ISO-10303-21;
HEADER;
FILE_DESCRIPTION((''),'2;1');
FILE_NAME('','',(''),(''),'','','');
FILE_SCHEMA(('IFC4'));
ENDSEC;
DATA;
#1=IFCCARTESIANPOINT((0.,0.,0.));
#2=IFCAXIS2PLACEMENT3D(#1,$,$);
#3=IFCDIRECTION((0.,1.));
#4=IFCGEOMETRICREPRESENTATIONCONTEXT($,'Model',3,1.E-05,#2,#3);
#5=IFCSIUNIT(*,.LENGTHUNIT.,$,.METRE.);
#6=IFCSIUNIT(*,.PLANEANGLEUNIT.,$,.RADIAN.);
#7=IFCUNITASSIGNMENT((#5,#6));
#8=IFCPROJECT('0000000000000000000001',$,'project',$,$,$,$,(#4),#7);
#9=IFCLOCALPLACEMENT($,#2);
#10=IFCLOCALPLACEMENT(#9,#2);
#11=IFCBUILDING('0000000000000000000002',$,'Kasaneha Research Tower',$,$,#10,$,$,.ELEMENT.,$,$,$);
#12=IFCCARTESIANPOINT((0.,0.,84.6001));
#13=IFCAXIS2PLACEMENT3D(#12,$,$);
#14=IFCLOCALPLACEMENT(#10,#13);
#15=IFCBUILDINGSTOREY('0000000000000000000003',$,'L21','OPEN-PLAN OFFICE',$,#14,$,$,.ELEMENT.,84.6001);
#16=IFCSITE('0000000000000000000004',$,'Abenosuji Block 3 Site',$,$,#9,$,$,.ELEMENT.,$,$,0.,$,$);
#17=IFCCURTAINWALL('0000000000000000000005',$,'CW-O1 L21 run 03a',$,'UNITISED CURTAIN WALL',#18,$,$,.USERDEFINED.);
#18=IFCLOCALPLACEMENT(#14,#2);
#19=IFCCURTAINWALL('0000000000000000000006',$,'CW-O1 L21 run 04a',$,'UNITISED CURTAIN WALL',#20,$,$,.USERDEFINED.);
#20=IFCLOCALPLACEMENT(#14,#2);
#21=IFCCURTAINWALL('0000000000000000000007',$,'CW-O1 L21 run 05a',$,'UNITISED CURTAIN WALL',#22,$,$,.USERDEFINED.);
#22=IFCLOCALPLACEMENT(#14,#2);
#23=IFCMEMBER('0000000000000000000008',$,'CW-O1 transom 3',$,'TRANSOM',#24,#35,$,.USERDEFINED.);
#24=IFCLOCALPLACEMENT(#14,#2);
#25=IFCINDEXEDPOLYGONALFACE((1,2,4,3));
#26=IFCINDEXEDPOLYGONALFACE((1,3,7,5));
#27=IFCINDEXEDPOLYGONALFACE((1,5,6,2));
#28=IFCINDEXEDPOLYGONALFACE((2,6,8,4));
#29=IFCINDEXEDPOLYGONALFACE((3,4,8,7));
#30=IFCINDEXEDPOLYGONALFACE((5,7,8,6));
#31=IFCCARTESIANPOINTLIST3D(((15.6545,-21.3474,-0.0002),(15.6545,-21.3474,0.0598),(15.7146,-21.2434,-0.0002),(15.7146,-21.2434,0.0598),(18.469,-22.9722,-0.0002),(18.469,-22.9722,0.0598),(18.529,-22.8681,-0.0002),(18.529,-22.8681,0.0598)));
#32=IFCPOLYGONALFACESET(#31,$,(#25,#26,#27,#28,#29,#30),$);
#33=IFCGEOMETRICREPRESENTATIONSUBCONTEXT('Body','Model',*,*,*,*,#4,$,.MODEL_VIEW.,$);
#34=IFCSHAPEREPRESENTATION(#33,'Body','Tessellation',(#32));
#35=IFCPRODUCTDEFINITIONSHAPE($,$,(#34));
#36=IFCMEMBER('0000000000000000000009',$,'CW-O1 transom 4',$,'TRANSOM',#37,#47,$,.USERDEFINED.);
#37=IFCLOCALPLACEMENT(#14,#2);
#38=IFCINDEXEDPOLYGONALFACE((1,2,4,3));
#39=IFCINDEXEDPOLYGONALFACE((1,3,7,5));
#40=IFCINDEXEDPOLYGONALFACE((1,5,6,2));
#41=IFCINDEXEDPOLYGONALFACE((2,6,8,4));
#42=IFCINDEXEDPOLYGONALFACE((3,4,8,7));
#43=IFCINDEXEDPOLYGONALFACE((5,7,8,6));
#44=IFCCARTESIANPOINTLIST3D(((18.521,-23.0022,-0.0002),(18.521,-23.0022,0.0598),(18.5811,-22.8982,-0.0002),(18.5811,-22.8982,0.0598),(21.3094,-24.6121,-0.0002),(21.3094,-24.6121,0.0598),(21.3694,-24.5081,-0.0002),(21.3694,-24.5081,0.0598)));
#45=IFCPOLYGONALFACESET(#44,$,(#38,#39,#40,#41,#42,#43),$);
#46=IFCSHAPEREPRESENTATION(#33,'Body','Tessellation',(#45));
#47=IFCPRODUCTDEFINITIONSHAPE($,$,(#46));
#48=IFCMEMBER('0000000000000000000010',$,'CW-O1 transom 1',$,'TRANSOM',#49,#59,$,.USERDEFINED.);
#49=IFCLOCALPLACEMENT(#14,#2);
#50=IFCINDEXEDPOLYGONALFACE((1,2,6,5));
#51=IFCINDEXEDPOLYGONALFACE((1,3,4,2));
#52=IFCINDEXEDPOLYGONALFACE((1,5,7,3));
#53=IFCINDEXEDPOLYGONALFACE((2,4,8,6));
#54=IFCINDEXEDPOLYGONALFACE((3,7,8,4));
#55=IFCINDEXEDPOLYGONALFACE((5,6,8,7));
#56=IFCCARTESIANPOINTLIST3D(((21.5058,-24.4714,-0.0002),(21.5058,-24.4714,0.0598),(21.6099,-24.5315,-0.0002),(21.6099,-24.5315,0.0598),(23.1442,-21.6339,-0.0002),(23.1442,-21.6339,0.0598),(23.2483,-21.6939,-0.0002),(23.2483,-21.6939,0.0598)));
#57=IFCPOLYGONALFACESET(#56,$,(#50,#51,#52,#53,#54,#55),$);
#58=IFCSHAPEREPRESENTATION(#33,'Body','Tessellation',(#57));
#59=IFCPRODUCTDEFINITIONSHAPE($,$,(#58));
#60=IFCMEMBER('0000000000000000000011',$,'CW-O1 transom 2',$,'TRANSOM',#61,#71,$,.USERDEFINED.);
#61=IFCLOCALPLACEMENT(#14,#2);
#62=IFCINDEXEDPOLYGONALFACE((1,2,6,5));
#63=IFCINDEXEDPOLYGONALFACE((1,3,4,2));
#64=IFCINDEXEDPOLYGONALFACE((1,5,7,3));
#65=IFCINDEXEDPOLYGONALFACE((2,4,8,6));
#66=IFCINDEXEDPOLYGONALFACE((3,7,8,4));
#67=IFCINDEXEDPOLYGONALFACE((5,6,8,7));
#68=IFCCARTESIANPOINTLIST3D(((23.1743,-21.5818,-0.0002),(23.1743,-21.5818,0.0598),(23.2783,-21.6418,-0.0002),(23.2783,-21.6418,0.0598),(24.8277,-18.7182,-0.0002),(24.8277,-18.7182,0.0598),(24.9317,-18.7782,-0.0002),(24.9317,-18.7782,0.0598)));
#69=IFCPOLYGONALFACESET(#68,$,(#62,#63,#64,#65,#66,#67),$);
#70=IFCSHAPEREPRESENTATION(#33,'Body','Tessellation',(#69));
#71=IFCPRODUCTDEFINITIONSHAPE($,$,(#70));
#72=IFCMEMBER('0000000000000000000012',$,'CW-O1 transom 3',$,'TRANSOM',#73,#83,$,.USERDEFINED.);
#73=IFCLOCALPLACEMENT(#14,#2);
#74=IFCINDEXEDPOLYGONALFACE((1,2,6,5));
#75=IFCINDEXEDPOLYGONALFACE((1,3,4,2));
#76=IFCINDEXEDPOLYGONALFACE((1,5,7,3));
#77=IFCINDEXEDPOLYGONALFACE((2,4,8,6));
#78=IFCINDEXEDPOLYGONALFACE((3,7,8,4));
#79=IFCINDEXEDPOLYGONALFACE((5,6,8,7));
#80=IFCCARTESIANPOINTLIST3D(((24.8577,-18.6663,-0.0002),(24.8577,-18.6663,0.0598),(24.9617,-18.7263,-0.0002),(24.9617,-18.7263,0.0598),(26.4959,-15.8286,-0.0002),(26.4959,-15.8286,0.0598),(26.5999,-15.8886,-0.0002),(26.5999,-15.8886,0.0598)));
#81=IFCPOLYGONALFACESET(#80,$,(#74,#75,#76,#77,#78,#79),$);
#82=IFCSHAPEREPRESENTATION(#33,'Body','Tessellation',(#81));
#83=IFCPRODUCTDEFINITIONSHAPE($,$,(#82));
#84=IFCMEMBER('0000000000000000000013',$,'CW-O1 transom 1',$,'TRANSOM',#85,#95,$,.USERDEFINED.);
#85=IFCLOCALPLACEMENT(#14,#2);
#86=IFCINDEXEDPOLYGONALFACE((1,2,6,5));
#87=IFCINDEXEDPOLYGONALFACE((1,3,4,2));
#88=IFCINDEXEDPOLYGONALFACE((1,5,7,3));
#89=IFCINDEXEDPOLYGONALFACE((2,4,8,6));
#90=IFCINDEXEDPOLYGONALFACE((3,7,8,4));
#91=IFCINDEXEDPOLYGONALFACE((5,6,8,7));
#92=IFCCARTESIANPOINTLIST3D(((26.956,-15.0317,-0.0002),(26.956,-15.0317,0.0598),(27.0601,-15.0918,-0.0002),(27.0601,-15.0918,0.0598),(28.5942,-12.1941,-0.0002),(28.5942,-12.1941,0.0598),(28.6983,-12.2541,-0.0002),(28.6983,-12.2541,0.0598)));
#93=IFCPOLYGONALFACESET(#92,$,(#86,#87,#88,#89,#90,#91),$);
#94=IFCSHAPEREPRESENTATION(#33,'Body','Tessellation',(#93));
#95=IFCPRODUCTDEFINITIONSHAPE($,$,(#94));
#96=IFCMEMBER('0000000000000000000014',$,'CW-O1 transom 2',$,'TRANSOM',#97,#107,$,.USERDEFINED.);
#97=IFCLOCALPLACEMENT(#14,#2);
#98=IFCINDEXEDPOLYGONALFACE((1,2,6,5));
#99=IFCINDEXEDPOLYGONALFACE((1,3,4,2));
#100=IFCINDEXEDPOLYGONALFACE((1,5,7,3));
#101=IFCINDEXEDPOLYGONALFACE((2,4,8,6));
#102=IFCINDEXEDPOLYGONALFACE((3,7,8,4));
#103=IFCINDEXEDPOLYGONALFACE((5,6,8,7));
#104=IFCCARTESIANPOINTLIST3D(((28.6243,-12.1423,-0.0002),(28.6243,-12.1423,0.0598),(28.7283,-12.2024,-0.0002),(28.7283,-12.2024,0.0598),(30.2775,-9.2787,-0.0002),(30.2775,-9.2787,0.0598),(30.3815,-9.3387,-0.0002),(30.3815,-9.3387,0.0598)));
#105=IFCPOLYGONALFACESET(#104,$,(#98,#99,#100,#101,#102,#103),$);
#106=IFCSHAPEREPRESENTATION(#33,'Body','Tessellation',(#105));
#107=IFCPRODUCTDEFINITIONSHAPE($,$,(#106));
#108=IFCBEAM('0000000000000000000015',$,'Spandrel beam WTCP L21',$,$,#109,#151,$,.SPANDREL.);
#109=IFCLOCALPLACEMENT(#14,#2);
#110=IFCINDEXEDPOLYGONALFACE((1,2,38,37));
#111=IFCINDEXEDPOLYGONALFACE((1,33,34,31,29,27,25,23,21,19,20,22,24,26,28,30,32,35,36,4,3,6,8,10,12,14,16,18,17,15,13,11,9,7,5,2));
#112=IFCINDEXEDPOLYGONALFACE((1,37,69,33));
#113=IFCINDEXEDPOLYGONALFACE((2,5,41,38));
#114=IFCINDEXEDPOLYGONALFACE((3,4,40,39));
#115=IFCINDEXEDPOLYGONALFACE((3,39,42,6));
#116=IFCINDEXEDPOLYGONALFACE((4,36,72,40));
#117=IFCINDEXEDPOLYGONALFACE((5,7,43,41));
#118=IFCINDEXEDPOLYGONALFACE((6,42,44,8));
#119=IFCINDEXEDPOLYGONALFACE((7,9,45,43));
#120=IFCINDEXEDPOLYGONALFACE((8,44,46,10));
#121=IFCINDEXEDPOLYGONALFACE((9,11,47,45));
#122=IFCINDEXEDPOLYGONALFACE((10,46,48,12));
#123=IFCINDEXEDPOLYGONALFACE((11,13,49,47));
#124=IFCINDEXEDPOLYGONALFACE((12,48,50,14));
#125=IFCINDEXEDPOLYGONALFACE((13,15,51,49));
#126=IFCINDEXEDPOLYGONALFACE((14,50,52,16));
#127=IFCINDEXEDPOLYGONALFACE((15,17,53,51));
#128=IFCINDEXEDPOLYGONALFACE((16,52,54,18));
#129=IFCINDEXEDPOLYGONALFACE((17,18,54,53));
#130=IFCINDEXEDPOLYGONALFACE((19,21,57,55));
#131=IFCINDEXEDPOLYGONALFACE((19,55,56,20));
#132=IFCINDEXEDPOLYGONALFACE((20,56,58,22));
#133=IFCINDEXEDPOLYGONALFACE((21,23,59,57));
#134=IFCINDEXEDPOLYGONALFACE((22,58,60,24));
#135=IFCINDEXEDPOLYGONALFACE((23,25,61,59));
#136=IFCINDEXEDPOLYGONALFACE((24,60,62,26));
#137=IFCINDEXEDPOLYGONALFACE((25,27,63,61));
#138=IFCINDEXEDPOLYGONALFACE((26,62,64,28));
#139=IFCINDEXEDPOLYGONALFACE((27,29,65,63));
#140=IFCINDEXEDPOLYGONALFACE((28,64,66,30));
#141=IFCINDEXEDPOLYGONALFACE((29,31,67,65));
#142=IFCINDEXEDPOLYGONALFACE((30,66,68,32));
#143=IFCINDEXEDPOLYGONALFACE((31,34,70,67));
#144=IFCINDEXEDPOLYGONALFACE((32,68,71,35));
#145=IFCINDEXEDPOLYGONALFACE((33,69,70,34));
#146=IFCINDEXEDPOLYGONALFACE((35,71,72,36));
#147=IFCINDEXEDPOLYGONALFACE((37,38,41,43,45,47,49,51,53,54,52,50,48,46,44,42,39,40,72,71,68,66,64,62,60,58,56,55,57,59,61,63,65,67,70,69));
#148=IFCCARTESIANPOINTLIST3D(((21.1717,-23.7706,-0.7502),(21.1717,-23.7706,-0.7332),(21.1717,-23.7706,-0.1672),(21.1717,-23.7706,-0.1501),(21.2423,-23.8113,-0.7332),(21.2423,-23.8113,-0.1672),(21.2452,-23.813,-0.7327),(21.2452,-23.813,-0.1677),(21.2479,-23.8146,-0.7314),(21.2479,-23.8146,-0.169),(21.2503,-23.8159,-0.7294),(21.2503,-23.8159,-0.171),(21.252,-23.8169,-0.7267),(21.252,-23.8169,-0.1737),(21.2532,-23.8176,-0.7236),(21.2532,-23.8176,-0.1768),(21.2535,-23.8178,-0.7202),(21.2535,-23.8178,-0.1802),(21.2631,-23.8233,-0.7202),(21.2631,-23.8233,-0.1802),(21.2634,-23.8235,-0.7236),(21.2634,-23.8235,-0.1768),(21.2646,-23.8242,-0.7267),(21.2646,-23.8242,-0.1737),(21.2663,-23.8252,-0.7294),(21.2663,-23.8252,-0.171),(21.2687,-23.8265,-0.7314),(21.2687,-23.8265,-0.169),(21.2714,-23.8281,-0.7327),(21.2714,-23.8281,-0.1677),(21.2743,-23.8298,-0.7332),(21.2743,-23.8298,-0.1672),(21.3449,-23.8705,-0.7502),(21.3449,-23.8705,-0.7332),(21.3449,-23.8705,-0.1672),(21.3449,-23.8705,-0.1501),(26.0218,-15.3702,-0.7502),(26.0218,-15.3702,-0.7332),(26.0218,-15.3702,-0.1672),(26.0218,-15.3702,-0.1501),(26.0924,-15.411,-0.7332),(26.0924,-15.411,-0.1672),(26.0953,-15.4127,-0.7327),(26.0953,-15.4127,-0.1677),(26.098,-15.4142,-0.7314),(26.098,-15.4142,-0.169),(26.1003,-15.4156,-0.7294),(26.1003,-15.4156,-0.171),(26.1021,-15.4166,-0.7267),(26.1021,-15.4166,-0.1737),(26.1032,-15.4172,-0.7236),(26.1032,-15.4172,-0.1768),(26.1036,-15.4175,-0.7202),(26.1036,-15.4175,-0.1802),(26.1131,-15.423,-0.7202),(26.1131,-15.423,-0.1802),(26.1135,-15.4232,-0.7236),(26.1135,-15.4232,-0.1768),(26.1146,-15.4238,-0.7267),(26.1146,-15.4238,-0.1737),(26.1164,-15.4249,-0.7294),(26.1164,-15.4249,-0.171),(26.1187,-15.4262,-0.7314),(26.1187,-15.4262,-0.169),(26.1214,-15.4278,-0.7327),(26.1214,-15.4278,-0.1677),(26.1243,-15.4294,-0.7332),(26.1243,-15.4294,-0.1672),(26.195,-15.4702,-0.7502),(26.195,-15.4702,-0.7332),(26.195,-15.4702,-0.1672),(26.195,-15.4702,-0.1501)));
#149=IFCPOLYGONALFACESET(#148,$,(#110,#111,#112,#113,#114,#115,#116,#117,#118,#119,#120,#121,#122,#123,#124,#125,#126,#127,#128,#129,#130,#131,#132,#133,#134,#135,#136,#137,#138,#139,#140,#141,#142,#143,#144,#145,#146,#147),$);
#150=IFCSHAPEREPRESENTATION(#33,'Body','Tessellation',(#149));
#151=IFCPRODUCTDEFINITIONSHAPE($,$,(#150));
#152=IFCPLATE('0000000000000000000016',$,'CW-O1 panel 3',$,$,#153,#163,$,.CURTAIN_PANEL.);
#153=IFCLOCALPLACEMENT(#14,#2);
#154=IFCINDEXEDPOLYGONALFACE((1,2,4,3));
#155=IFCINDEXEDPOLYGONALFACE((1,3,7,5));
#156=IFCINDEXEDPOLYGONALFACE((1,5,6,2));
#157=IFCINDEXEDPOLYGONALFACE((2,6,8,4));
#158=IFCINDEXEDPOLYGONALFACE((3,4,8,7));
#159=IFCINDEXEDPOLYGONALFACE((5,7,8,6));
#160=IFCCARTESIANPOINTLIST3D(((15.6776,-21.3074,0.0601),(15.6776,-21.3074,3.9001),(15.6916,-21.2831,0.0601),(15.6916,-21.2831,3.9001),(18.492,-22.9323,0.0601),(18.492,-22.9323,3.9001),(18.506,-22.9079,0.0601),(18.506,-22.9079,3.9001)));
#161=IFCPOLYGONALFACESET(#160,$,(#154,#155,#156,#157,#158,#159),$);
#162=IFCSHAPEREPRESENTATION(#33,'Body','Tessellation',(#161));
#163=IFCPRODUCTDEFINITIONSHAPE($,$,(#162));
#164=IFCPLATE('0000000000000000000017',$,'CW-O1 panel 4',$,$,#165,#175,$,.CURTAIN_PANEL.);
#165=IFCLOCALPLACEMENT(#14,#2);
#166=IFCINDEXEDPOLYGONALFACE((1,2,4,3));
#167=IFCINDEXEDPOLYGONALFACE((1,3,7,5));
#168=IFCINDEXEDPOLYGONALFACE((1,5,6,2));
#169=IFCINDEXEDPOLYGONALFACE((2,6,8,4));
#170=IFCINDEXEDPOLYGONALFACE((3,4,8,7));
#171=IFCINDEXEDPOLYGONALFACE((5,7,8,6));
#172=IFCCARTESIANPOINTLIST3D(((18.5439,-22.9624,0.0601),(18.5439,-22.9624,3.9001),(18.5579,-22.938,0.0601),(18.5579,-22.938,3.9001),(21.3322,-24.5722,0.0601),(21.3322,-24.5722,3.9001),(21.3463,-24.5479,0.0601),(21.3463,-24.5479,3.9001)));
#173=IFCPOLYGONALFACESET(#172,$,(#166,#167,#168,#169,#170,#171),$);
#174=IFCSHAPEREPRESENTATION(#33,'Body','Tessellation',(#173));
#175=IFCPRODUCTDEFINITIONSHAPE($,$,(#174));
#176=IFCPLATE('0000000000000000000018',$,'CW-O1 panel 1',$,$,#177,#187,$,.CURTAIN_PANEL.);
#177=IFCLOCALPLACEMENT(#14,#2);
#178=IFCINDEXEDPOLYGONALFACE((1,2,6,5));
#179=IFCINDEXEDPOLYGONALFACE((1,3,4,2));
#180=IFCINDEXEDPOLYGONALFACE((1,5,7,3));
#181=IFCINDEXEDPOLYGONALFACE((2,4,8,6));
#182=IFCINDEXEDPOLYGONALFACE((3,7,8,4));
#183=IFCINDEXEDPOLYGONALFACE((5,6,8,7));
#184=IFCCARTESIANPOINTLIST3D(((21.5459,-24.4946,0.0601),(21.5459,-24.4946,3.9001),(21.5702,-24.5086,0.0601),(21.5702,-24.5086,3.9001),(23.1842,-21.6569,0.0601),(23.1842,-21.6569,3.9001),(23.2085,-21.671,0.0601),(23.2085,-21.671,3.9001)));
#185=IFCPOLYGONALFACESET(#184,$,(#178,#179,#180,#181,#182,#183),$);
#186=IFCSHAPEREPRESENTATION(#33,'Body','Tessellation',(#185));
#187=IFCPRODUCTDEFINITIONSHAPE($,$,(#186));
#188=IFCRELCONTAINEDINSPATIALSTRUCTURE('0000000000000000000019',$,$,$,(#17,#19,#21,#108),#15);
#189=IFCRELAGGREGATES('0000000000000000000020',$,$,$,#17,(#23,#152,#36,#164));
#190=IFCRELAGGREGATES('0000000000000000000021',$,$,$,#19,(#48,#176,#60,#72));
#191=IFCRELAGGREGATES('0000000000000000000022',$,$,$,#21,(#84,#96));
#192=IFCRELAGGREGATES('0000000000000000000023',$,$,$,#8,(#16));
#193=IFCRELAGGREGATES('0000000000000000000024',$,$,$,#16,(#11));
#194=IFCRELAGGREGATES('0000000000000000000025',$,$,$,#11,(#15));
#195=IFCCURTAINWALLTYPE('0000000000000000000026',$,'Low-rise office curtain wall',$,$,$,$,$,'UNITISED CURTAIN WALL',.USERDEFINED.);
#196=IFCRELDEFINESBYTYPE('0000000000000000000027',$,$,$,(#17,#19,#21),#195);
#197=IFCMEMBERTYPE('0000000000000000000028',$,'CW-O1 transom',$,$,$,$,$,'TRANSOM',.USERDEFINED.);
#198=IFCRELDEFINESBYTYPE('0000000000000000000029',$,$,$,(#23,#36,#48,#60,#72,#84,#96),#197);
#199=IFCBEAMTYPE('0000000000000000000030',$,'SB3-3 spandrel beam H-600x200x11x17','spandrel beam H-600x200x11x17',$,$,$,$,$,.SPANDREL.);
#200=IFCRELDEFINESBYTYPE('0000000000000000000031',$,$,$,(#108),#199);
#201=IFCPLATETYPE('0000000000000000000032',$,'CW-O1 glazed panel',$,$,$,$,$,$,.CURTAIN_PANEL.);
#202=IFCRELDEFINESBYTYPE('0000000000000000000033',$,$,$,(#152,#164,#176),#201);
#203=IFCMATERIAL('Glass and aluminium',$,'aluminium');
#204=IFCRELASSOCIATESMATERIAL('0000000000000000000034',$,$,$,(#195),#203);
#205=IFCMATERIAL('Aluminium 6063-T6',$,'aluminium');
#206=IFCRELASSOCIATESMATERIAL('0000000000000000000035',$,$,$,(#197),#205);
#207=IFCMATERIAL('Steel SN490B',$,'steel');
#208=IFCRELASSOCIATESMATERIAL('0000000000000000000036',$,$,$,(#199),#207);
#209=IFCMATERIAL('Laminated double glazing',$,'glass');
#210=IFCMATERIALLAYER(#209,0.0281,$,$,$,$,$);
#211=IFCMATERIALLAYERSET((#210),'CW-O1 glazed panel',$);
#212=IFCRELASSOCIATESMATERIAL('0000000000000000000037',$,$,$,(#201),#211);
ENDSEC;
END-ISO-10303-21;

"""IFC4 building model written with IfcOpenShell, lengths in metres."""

from ifc_helpers import new_model, si_unit, direction, frame, origin, origin_2d, place, context, subcontext, project, spatial, rectangle, i_section, extrude, material, layer, layer_set, material_profile, profile_set, type_object, element, aggregate, save


model = new_model("IFC4")

# Units and contexts
model_context = context("Model", 3, precision=1e-05, world=origin(), true_north=direction((0.0, 1.0)))
body_context = subcontext(model_context, "Body", "Model", "MODEL_VIEW")
ifc_project = project(units=[si_unit("LENGTHUNIT", "METRE"), si_unit("PLANEANGLEUNIT", "RADIAN")], contexts=[model_context])

# Site, building, storey
site_placement = place(None, origin())
site = spatial("IfcSite", under=ifc_project, at=site_placement, Name="Abenosuji Block 3 Site", CompositionType="ELEMENT", RefElevation=0.0)
building_placement = place(site_placement, origin())
building = spatial("IfcBuilding", under=site, at=building_placement, Name="Kasaneha Research Tower", CompositionType="ELEMENT")
storey_placement = place(building_placement, frame((0.0, 0.0, 84.6001)))
storey = spatial("IfcBuildingStorey", under=building, at=storey_placement, Name="L21", Description="OPEN-PLAN OFFICE", CompositionType="ELEMENT", Elevation=84.6001)

# Curtain walls
ifc_material_1 = material(Name="Glass and aluminium", Category="aluminium")
curtain_wall_type = type_object("IfcCurtainWallType", Name="Low-rise office curtain wall", ElementType="UNITISED CURTAIN WALL", PredefinedType="USERDEFINED", material=ifc_material_1)
curtain_wall_1_placement = place(storey_placement, origin())
curtain_wall_1 = element("IfcCurtainWall", 1, at=curtain_wall_1_placement, inside=storey, type_object=curtain_wall_type, Name="CW-O1 L21 run 03a", ObjectType="UNITISED CURTAIN WALL", PredefinedType="USERDEFINED")
curtain_wall_2_placement = place(storey_placement, origin())
curtain_wall_2 = element("IfcCurtainWall", 2, at=curtain_wall_2_placement, inside=storey, type_object=curtain_wall_type, Name="CW-O1 L21 run 04a", ObjectType="UNITISED CURTAIN WALL", PredefinedType="USERDEFINED")
curtain_wall_3_placement = place(storey_placement, origin())
curtain_wall_3 = element("IfcCurtainWall", 3, at=curtain_wall_3_placement, inside=storey, type_object=curtain_wall_type, Name="CW-O1 L21 run 05a", ObjectType="UNITISED CURTAIN WALL", PredefinedType="USERDEFINED")

# Members
ifc_material_2 = material(Name="Aluminium 6063-T6", Category="aluminium")
ifc_material_profile_1 = material_profile(ifc_material_2, rectangle(XDim=0.1201, YDim=0.0601, at=origin_2d()), Name="CW-O1 transom 120x60")
ifc_profile_set_1 = profile_set([ifc_material_profile_1], Name="Aluminium 6063-T6")
member_type_1 = type_object("IfcMemberType", Name="CW-O1 transom", ElementType="TRANSOM", PredefinedType="USERDEFINED", material=ifc_profile_set_1)
member_1_placement = place(storey_placement, frame((15.6846, -21.2954, 0.0298), z_axis=(0.866048, -0.499961, 0.0), x_axis=(0.499961, 0.866048, 0.0)))
member_1 = element("IfcMember", 4, at=member_1_placement, type_object=member_type_1, Name="CW-O1 transom 3", ObjectType="TRANSOM", PredefinedType="USERDEFINED", context=body_context, shape_type="SweptSolid", body=[
    extrude(rectangle(XDim=0.1201, YDim=0.0601, at=origin_2d()), origin(), (0.0, 0.0, 1.0), 3.2498),
])
member_2_placement = place(storey_placement, frame((18.551, -22.9502, 0.0298), z_axis=(0.866023, -0.500005, 0.0), x_axis=(0.500005, 0.866023, 0.0)))
member_2 = element("IfcMember", 5, at=member_2_placement, type_object=member_type_1, Name="CW-O1 transom 4", ObjectType="TRANSOM", PredefinedType="USERDEFINED", context=body_context, shape_type="SweptSolid", body=[
    extrude(rectangle(XDim=0.1201, YDim=0.0601, at=origin_2d()), origin(), (0.0, 0.0, 1.0), 3.2197),
])
member_3_placement = place(storey_placement, frame((21.5579, -24.5015, 0.0298), z_axis=(0.500026, 0.866011, 0.0), x_axis=(-0.866011, 0.500026, 0.0)))
member_3 = element("IfcMember", 6, at=member_3_placement, type_object=member_type_1, Name="CW-O1 transom 1", ObjectType="TRANSOM", PredefinedType="USERDEFINED", context=body_context, shape_type="SweptSolid", body=[
    extrude(rectangle(XDim=0.1201, YDim=0.0601, at=origin_2d()), origin(), (0.0, 0.0, 1.0), 3.2766),
])
member_4_placement = place(storey_placement, frame((23.2263, -21.6118, 0.0298), z_axis=(0.500014, 0.866017, 0.0), x_axis=(-0.866017, 0.500014, 0.0)))
member_4 = element("IfcMember", 7, at=member_4_placement, type_object=member_type_1, Name="CW-O1 transom 2", ObjectType="TRANSOM", PredefinedType="USERDEFINED", context=body_context, shape_type="SweptSolid", body=[
    extrude(rectangle(XDim=0.1201, YDim=0.0601, at=origin_2d()), origin(), (0.0, 0.0, 1.0), 3.3066),
])
member_5_placement = place(storey_placement, frame((24.9097, -18.6963, 0.0298), z_axis=(0.49997, 0.866043, 0.0), x_axis=(-0.866043, 0.49997, 0.0)))
member_5 = element("IfcMember", 8, at=member_5_placement, type_object=member_type_1, Name="CW-O1 transom 3", ObjectType="TRANSOM", PredefinedType="USERDEFINED", context=body_context, shape_type="SweptSolid", body=[
    extrude(rectangle(XDim=0.1201, YDim=0.0601, at=origin_2d()), origin(), (0.0, 0.0, 1.0), 3.2766),
])
member_6_placement = place(storey_placement, frame((27.0081, -15.0618, 0.0298), z_axis=(0.49997, 0.866043, 0.0), x_axis=(-0.866043, 0.49997, 0.0)))
member_6 = element("IfcMember", 9, at=member_6_placement, type_object=member_type_1, Name="CW-O1 transom 1", ObjectType="TRANSOM", PredefinedType="USERDEFINED", context=body_context, shape_type="SweptSolid", body=[
    extrude(rectangle(XDim=0.1201, YDim=0.0601, at=origin_2d()), origin(), (0.0, 0.0, 1.0), 3.2766),
])
member_7_placement = place(storey_placement, frame((28.6763, -12.1724, 0.0298), z_axis=(0.499982, 0.866036, 0.0), x_axis=(-0.866036, 0.499982, 0.0)))
member_7 = element("IfcMember", 10, at=member_7_placement, type_object=member_type_1, Name="CW-O1 transom 2", ObjectType="TRANSOM", PredefinedType="USERDEFINED", context=body_context, shape_type="SweptSolid", body=[
    extrude(rectangle(XDim=0.1201, YDim=0.0601, at=origin_2d()), origin(), (0.0, 0.0, 1.0), 3.3066),
])

# Beam
ifc_material_3 = material(Name="Steel SN490B", Category="steel")
ifc_material_profile_2 = material_profile(ifc_material_3, i_section(OverallWidth=0.2, OverallDepth=0.6001, WebThickness=0.011, FlangeThickness=0.0171, FilletRadius=0.0129, at=origin_2d()), Name="H-600x200x11x17")
ifc_profile_set_2 = profile_set([ifc_material_profile_2], Name="Steel SN490B")
beam_type_1 = type_object("IfcBeamType", Name="SB3-3 spandrel beam H-600x200x11x17", Description="spandrel beam H-600x200x11x17", PredefinedType="SPANDREL", material=ifc_profile_set_2)
beam_1_placement = place(storey_placement, frame((21.2583, -23.8206, -0.4502), z_axis=(0.50001, 0.86602, 0.0), x_axis=(-0.86602, 0.50001, 0.0)))
element("IfcBeam", 11, at=beam_1_placement, inside=storey, type_object=beam_type_1, Name="Spandrel beam WTCP L21", PredefinedType="SPANDREL", context=body_context, shape_type="SweptSolid", body=[
    extrude(i_section(OverallWidth=0.2, OverallDepth=0.6001, WebThickness=0.011, FlangeThickness=0.0171, FilletRadius=0.0129, at=origin_2d()), origin(), (0.0, 0.0, 1.0), 9.7),
])

# Plates
ifc_material_4 = material(Name="Laminated double glazing", Category="glass")
ifc_layer_1 = layer(ifc_material_4, 0.0281)
ifc_layer_set_1 = layer_set([ifc_layer_1], Name="CW-O1 glazed panel")
plate_type = type_object("IfcPlateType", Name="CW-O1 glazed panel", PredefinedType="CURTAIN_PANEL", material=ifc_layer_set_1)
plate_1_placement = place(storey_placement, frame((17.0918, -22.1077, 0.0601), z_axis=(0.0, 0.0, 1.0), x_axis=(0.866025, -0.5, 0.0)))
plate_1 = element("IfcPlate", 12, at=plate_1_placement, type_object=plate_type, Name="CW-O1 panel 3", PredefinedType="CURTAIN_PANEL", context=body_context, shape_type="SweptSolid", body=[
    extrude(rectangle(XDim=3.2498, YDim=0.0281, at=origin_2d()), origin(), (0.0, 0.0, 1.0), 3.8401),
])
plate_2_placement = place(storey_placement, frame((19.9451, -23.7551, 0.0601), z_axis=(0.0, 0.0, 1.0), x_axis=(0.866025, -0.5, 0.0)))
plate_2 = element("IfcPlate", 13, at=plate_2_placement, type_object=plate_type, Name="CW-O1 panel 4", PredefinedType="CURTAIN_PANEL", context=body_context, shape_type="SweptSolid", body=[
    extrude(rectangle(XDim=3.2197, YDim=0.0281, at=origin_2d()), origin(), (0.0, 0.0, 1.0), 3.8401),
])
aggregate(curtain_wall_1, [member_1, plate_1, member_2, plate_2])
plate_3_placement = place(storey_placement, frame((22.3772, -23.0828, 0.0601), z_axis=(0.0, 0.0, 1.0), x_axis=(0.5, 0.866025, 0.0)))
plate_3 = element("IfcPlate", 14, at=plate_3_placement, type_object=plate_type, Name="CW-O1 panel 1", PredefinedType="CURTAIN_PANEL", context=body_context, shape_type="SweptSolid", body=[
    extrude(rectangle(XDim=3.2766, YDim=0.0281, at=origin_2d()), origin(), (0.0, 0.0, 1.0), 3.8401),
])
aggregate(curtain_wall_2, [member_3, plate_3, member_4, member_5])
aggregate(curtain_wall_3, [member_6, member_7])

save(model, "model.ifc")
